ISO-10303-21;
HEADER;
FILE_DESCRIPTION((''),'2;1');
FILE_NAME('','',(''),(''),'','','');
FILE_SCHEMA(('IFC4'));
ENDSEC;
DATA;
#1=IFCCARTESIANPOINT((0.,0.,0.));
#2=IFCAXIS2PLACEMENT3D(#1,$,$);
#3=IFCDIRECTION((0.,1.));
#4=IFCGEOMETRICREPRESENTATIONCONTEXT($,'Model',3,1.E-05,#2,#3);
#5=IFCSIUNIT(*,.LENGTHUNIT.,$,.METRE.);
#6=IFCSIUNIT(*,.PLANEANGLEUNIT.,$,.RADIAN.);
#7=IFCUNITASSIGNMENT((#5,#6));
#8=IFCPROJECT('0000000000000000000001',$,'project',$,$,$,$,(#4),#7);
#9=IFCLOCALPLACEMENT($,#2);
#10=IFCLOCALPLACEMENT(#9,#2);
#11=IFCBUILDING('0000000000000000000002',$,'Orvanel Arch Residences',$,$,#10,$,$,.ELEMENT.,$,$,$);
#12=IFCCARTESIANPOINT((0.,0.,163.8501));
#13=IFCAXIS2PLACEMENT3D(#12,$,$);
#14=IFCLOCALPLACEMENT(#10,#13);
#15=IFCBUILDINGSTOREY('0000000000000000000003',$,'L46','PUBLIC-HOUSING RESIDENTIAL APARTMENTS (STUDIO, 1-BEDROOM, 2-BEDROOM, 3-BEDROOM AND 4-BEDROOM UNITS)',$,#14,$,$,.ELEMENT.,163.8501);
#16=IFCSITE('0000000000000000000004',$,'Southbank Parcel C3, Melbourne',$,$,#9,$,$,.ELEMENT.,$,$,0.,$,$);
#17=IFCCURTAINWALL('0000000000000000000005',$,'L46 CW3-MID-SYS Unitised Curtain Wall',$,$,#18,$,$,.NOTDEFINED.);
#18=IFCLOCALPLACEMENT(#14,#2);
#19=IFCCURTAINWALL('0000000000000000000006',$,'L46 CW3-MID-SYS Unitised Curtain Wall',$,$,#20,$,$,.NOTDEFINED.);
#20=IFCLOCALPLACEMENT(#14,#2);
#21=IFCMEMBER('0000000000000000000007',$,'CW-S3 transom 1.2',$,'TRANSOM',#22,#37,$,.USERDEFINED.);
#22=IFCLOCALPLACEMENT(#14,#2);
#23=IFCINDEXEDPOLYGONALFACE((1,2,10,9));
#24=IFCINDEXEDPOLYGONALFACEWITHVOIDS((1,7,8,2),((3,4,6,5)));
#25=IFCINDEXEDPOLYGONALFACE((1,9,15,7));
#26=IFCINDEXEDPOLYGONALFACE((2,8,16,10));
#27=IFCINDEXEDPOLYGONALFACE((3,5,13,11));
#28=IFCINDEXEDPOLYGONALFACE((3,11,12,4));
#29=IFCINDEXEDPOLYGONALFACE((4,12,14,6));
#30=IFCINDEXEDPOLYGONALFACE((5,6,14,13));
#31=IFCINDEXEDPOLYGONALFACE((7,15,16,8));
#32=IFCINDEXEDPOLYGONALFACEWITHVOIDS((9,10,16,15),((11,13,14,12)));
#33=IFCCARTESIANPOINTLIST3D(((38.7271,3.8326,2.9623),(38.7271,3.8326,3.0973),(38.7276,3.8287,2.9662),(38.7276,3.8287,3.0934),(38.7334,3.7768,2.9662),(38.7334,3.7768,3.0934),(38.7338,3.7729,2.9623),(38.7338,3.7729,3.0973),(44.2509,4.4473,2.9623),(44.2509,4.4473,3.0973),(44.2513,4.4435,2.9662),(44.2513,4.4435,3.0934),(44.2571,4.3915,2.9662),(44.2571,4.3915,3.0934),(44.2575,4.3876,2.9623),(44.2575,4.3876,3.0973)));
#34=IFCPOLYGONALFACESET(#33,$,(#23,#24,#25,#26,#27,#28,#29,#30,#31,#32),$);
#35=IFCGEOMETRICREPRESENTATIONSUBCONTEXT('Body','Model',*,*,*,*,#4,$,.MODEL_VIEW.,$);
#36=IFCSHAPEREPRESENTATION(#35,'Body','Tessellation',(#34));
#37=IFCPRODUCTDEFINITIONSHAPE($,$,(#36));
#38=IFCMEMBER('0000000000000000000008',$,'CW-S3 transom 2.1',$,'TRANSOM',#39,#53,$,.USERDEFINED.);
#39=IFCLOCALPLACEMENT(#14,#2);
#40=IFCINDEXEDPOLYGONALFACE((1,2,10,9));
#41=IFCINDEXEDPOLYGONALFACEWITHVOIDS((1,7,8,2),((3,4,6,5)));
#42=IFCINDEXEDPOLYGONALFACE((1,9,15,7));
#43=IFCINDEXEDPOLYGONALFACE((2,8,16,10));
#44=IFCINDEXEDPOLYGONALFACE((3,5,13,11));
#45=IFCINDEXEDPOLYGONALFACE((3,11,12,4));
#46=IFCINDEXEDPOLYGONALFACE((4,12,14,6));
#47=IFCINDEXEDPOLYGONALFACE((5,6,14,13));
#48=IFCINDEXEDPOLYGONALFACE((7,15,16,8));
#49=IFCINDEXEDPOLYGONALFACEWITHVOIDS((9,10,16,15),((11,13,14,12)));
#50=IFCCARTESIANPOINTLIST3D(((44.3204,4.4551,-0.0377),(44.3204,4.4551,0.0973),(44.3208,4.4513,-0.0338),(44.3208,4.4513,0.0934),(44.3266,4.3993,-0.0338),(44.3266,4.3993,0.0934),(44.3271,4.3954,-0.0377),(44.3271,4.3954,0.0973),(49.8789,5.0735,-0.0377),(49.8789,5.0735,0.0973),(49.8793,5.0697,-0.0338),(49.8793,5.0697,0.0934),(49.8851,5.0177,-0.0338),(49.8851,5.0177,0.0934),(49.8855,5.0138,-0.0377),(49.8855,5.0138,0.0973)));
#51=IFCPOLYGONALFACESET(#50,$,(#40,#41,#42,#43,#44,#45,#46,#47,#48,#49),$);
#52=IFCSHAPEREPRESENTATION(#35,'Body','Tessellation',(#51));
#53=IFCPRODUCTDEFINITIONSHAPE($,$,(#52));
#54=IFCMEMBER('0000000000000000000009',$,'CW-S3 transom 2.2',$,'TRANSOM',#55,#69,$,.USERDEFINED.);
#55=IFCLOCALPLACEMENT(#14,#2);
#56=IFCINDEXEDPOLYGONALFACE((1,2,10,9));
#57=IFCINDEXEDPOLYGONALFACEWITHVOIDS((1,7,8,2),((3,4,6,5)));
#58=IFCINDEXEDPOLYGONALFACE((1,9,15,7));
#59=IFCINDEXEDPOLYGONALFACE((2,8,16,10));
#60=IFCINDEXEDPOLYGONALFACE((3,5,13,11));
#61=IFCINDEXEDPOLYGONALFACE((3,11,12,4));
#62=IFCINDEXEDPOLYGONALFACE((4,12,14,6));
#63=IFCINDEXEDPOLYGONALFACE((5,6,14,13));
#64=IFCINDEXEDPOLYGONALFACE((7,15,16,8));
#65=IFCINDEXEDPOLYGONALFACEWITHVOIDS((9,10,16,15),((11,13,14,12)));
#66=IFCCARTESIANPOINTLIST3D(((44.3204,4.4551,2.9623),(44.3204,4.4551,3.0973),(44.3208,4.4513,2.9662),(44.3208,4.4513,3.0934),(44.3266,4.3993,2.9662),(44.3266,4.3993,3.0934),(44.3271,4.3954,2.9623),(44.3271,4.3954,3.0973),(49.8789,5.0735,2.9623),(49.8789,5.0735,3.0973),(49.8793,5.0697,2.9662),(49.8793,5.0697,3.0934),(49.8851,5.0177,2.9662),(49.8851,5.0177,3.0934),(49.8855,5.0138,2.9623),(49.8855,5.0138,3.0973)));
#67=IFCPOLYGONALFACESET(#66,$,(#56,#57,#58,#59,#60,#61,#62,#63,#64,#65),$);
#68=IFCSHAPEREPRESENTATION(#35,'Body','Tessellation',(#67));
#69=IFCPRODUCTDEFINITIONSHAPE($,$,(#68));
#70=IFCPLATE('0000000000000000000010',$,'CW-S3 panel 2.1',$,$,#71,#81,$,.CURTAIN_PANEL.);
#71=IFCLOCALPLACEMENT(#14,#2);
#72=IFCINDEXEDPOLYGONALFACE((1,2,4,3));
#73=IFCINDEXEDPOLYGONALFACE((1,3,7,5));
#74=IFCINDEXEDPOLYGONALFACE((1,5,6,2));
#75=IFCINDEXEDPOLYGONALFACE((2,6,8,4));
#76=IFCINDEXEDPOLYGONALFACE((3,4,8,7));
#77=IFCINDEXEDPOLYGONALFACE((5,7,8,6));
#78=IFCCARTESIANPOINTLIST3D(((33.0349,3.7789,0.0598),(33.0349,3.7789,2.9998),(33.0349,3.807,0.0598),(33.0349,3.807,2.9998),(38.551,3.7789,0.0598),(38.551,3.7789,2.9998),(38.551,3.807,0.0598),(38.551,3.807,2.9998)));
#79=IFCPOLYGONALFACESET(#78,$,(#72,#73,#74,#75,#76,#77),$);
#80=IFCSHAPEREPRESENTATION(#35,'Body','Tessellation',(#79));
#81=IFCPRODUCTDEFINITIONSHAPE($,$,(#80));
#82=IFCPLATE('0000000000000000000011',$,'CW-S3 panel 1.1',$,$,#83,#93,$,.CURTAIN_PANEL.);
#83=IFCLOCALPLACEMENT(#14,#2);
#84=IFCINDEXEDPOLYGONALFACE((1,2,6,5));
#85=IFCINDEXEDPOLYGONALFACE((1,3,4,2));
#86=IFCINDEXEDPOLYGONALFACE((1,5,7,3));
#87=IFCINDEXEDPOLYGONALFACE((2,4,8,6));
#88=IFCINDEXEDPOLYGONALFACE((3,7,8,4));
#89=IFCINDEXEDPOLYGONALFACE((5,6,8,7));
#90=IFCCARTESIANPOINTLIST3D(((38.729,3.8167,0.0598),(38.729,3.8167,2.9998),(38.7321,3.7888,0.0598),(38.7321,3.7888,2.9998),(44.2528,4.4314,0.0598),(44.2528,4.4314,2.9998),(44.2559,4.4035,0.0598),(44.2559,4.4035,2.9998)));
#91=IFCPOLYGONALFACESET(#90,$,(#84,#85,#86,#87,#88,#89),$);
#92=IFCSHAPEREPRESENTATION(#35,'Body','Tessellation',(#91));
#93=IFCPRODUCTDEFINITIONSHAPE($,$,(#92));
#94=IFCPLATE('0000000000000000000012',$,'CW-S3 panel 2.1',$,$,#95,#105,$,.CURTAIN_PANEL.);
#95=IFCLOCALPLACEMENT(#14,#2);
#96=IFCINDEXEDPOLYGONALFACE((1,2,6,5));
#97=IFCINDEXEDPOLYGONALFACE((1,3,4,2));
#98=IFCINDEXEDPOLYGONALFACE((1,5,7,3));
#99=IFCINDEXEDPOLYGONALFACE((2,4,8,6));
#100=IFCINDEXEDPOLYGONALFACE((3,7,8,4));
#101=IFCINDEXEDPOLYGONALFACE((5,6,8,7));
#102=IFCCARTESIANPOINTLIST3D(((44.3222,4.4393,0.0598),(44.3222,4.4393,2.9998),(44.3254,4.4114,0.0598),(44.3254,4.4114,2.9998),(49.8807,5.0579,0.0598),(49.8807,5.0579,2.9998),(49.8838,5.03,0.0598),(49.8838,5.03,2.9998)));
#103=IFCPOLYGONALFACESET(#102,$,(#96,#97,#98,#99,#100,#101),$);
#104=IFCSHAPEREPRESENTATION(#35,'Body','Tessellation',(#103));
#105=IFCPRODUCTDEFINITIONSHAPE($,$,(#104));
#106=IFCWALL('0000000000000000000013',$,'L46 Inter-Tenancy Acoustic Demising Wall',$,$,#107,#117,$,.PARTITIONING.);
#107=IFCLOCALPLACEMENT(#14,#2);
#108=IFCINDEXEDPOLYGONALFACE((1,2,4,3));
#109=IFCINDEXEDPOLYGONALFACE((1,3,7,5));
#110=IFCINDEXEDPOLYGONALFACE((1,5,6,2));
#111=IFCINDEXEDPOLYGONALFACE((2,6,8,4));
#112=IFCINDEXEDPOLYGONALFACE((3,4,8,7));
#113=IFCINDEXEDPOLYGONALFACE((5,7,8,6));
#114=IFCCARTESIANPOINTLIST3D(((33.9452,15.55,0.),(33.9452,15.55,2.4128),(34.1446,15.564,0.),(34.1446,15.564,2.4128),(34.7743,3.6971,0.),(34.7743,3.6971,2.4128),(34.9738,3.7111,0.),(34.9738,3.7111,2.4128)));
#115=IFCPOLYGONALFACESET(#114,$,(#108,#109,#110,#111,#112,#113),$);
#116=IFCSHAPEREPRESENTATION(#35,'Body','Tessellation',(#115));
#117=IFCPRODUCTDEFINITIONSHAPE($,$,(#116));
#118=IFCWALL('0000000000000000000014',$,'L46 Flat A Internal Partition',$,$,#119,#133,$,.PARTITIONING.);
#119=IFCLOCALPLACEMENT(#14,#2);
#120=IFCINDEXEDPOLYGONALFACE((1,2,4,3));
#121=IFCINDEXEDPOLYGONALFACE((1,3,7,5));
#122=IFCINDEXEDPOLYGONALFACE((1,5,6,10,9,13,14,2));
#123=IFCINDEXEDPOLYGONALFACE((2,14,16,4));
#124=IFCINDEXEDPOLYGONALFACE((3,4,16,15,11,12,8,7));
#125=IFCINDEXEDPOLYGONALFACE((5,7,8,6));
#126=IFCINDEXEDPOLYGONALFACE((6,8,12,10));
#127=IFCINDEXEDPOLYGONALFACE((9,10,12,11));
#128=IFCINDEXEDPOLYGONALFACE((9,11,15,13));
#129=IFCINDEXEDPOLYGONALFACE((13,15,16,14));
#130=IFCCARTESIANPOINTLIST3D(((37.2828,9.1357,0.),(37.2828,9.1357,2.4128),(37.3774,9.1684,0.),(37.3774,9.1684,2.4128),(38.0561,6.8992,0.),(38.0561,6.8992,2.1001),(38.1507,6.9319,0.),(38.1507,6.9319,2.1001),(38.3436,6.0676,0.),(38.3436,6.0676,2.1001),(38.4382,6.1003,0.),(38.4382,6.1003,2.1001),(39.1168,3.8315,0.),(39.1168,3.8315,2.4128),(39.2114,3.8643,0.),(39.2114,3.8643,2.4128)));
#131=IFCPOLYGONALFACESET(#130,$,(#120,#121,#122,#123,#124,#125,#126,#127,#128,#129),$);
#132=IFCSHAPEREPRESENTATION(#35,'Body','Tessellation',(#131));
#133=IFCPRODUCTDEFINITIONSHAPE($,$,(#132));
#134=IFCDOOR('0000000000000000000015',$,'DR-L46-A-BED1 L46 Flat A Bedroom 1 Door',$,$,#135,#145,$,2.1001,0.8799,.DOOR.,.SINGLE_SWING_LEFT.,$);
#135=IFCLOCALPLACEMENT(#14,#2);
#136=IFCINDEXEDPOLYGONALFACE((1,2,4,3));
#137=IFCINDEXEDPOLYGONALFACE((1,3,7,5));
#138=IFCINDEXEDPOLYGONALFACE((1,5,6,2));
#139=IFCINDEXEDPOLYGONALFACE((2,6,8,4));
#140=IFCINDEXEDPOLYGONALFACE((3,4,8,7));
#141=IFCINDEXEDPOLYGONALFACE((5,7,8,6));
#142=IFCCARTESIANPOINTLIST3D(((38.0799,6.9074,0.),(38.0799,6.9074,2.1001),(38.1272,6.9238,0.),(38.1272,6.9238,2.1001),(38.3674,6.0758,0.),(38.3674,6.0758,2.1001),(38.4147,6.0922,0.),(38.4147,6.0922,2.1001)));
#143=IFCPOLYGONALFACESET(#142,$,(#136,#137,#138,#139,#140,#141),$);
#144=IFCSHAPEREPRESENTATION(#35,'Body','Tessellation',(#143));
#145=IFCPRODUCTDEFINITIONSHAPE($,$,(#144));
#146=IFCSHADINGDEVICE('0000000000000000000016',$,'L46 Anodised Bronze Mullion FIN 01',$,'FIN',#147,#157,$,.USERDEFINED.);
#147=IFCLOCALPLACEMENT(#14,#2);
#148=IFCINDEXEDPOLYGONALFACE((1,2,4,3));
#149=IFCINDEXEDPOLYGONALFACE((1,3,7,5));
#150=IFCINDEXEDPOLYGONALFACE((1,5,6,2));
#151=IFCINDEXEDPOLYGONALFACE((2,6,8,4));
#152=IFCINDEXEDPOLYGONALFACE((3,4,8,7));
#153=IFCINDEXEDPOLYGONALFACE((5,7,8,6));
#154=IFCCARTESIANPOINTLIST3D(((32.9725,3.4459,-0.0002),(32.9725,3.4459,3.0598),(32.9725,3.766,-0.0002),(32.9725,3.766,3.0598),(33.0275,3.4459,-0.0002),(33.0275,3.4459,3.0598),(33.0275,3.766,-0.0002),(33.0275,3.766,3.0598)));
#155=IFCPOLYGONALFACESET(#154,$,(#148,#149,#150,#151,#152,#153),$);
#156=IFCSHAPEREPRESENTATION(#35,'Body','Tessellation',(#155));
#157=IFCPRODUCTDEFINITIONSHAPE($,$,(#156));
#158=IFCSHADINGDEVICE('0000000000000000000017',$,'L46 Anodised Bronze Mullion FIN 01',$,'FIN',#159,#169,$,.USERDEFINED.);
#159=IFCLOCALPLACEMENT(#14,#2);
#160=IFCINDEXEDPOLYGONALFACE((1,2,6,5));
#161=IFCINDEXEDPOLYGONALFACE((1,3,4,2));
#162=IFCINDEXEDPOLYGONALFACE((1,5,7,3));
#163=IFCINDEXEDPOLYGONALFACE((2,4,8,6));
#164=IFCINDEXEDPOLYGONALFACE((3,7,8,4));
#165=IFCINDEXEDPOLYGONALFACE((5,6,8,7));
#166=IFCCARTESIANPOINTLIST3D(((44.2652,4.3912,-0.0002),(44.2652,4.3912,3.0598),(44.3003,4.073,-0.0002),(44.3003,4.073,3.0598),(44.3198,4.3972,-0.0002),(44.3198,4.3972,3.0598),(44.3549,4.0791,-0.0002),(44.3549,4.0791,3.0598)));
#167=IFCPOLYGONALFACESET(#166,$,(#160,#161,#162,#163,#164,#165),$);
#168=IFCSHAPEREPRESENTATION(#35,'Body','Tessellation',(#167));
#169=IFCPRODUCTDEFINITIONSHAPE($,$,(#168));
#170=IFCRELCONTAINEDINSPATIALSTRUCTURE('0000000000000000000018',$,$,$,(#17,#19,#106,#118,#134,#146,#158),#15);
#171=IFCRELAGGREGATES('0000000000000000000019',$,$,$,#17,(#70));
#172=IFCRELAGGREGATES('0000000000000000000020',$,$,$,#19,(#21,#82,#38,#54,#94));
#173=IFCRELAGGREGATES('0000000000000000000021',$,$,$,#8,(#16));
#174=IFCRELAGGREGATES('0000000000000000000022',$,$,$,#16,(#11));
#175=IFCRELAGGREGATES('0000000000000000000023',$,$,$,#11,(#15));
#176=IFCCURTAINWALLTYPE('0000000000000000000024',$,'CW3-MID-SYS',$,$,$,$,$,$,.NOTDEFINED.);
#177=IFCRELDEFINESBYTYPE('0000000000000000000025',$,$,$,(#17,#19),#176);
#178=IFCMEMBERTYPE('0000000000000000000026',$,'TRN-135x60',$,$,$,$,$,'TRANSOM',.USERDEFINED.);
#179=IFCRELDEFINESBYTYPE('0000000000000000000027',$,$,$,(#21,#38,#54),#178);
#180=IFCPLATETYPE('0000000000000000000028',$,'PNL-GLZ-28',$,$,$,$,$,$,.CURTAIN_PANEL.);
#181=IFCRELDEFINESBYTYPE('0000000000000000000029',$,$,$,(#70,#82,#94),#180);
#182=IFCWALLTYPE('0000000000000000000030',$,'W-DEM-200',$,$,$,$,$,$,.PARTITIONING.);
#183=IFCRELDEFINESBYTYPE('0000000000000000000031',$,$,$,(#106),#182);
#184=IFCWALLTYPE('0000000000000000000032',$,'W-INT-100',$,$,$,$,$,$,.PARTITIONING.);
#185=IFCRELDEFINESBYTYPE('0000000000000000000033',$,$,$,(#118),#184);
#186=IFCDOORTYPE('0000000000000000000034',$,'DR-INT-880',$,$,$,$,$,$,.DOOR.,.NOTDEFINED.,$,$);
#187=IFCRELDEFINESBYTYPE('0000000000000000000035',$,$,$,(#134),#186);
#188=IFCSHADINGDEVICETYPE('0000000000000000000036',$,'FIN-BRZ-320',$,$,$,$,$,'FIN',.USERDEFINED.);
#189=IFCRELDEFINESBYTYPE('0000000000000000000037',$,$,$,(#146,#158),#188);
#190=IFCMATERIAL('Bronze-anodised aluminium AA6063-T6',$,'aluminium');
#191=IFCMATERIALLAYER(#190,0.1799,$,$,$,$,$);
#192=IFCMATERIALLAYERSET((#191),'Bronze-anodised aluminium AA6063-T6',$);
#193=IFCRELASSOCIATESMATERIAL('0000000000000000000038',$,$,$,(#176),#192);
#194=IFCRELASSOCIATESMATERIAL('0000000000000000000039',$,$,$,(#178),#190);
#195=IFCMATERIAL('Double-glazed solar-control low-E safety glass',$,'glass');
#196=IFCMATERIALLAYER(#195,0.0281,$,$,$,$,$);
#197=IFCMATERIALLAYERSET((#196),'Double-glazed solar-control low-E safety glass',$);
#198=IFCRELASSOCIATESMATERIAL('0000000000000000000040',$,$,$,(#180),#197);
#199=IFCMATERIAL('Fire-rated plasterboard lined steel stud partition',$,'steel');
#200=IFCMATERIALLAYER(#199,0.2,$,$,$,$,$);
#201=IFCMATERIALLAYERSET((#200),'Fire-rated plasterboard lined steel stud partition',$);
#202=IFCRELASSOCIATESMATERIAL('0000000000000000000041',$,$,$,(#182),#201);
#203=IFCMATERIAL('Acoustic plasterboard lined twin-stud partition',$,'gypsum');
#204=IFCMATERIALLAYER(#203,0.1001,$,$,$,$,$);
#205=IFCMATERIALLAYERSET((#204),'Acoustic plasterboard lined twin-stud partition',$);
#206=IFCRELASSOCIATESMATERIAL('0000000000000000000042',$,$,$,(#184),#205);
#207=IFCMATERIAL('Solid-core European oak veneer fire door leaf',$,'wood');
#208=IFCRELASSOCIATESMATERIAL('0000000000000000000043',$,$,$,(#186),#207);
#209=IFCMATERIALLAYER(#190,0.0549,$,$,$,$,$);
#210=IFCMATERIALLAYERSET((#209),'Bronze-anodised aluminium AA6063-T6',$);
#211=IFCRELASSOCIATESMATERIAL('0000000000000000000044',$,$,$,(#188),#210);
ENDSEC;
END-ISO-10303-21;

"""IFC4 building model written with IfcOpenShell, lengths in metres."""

from ifc_helpers import new_model, si_unit, direction, frame, frame_2d, origin, origin_2d, place, context, subcontext, project, spatial, rectangle, hollow_rectangle, extrude, material, layer, layer_set, material_profile, profile_set, type_object, element, fill, aggregate, save


model = new_model("IFC4")

# Units and contexts
model_context = context("Model", 3, precision=1e-05, world=origin(), true_north=direction((0.0, 1.0)))
body_context = subcontext(model_context, "Body", "Model", "MODEL_VIEW")
ifc_project = project(units=[si_unit("LENGTHUNIT", "METRE"), si_unit("PLANEANGLEUNIT", "RADIAN")], contexts=[model_context])

# Site, building, storey
site_placement = place(None, origin())
site = spatial("IfcSite", under=ifc_project, at=site_placement, Name="Southbank Parcel C3, Melbourne", CompositionType="ELEMENT", RefElevation=0.0)
building_placement = place(site_placement, origin())
building = spatial("IfcBuilding", under=site, at=building_placement, Name="Orvanel Arch Residences", CompositionType="ELEMENT")
storey_placement = place(building_placement, frame((0.0, 0.0, 163.8501)))
storey = spatial("IfcBuildingStorey", under=building, at=storey_placement, Name="L46", Description="PUBLIC-HOUSING RESIDENTIAL APARTMENTS (STUDIO, 1-BEDROOM, 2-BEDROOM, 3-BEDROOM AND 4-BEDROOM UNITS)", CompositionType="ELEMENT", Elevation=163.8501)

# Curtain walls
ifc_material_1 = material(Name="Bronze-anodised aluminium AA6063-T6", Category="aluminium")
ifc_layer_1 = layer(ifc_material_1, 0.1799)
ifc_layer_set_1 = layer_set([ifc_layer_1], Name="Bronze-anodised aluminium AA6063-T6")
curtain_wall_type = type_object("IfcCurtainWallType", Name="CW3-MID-SYS", PredefinedType="NOTDEFINED", material=ifc_layer_set_1)
curtain_wall_1_placement = place(storey_placement, origin())
curtain_wall_1 = element("IfcCurtainWall", 1, at=curtain_wall_1_placement, inside=storey, type_object=curtain_wall_type, Name="L46 CW3-MID-SYS Unitised Curtain Wall", PredefinedType="NOTDEFINED")
curtain_wall_2_placement = place(storey_placement, origin())
curtain_wall_2 = element("IfcCurtainWall", 2, at=curtain_wall_2_placement, inside=storey, type_object=curtain_wall_type, Name="L46 CW3-MID-SYS Unitised Curtain Wall", PredefinedType="NOTDEFINED")

# Members
ifc_material_profile_1 = material_profile(ifc_material_1, hollow_rectangle(XDim=0.0601, YDim=0.135, WallThickness=0.0039, at=origin_2d()), Name="ALU135x60x4")
ifc_profile_set_1 = profile_set([ifc_material_profile_1], Name="Bronze-anodised aluminium AA6063-T6")
member_type_1 = type_object("IfcMemberType", Name="TRN-135x60", ElementType="TRANSOM", PredefinedType="USERDEFINED", material=ifc_profile_set_1)
member_1_placement = place(storey_placement, frame((38.7305, 3.8027, 3.0298), z_axis=(0.993864, 0.11061, 0.0), x_axis=(-0.11061, 0.993864, 0.0)))
member_1 = element("IfcMember", 3, at=member_1_placement, type_object=member_type_1, Name="CW-S3 transom 1.2", ObjectType="TRANSOM", PredefinedType="USERDEFINED", context=body_context, shape_type="SweptSolid", body=[
    extrude(hollow_rectangle(XDim=0.0601, YDim=0.135, WallThickness=0.0039, at=origin_2d()), origin(), (0.0, 0.0, 1.0), 5.5579),
])
member_2_placement = place(storey_placement, frame((44.3237, 4.4253, 0.0298), z_axis=(0.993868, 0.11057, 0.0), x_axis=(-0.11057, 0.993868, 0.0)))
member_2 = element("IfcMember", 4, at=member_2_placement, type_object=member_type_1, Name="CW-S3 transom 2.1", ObjectType="TRANSOM", PredefinedType="USERDEFINED", context=body_context, shape_type="SweptSolid", body=[
    extrude(hollow_rectangle(XDim=0.0601, YDim=0.135, WallThickness=0.0039, at=origin_2d()), origin(), (0.0, 0.0, 1.0), 5.5928),
])
member_3_placement = place(storey_placement, frame((44.3237, 4.4253, 3.0298), z_axis=(0.993868, 0.11057, 0.0), x_axis=(-0.11057, 0.993868, 0.0)))
member_3 = element("IfcMember", 5, at=member_3_placement, type_object=member_type_1, Name="CW-S3 transom 2.2", ObjectType="TRANSOM", PredefinedType="USERDEFINED", context=body_context, shape_type="SweptSolid", body=[
    extrude(hollow_rectangle(XDim=0.0601, YDim=0.135, WallThickness=0.0039, at=origin_2d()), origin(), (0.0, 0.0, 1.0), 5.5928),
])

# Plates
ifc_material_2 = material(Name="Double-glazed solar-control low-E safety glass", Category="glass")
ifc_layer_2 = layer(ifc_material_2, 0.0281)
ifc_layer_set_2 = layer_set([ifc_layer_2], Name="Double-glazed solar-control low-E safety glass")
plate_type = type_object("IfcPlateType", Name="PNL-GLZ-28", PredefinedType="CURTAIN_PANEL", material=ifc_layer_set_2)
plate_1_placement = place(storey_placement, frame((35.793, 3.793, 0.0598), z_axis=(0.0, 0.0, 1.0), x_axis=(1.0, 0.0, 0.0)))
plate_1 = element("IfcPlate", 6, at=plate_1_placement, type_object=plate_type, Name="CW-S3 panel 2.1", PredefinedType="CURTAIN_PANEL", context=body_context, shape_type="SweptSolid", body=[
    extrude(rectangle(XDim=5.5161, YDim=0.0281, at=origin_2d()), origin(), (0.0, 0.0, 1.0), 2.9399),
])
aggregate(curtain_wall_1, [plate_1])
plate_2_placement = place(storey_placement, frame((41.4924, 4.1101, 0.0598), z_axis=(0.0, 0.0, 1.0), x_axis=(0.993864, 0.110606, 0.0)))
plate_2 = element("IfcPlate", 7, at=plate_2_placement, type_object=plate_type, Name="CW-S3 panel 1.1", PredefinedType="CURTAIN_PANEL", context=body_context, shape_type="SweptSolid", body=[
    extrude(rectangle(XDim=5.5579, YDim=0.0281, at=origin_2d()), origin(), (0.0, 0.0, 1.0), 2.9399),
])
plate_3_placement = place(storey_placement, frame((47.103, 4.7346, 0.0598), z_axis=(0.0, 0.0, 1.0), x_axis=(0.993864, 0.110606, 0.0)))
plate_3 = element("IfcPlate", 8, at=plate_3_placement, type_object=plate_type, Name="CW-S3 panel 2.1", PredefinedType="CURTAIN_PANEL", context=body_context, shape_type="SweptSolid", body=[
    extrude(rectangle(XDim=5.5928, YDim=0.0281, at=origin_2d()), origin(), (0.0, 0.0, 1.0), 2.9399),
])
aggregate(curtain_wall_2, [member_1, plate_2, member_2, member_3, plate_3])

# Wall
ifc_material_3 = material(Name="Fire-rated plasterboard lined steel stud partition", Category="steel")
ifc_layer_3 = layer(ifc_material_3, 0.2)
ifc_layer_set_3 = layer_set([ifc_layer_3], Name="Fire-rated plasterboard lined steel stud partition")
wall_type_1 = type_object("IfcWallType", Name="W-DEM-200", PredefinedType="PARTITIONING", material=ifc_layer_set_3)
wall_1_placement = place(storey_placement, frame((34.874, 3.7041, 0.0), z_axis=(0.0, 0.0, 1.0), x_axis=(-0.069779, 0.997562, 0.0)))
element("IfcWall", 9, at=wall_1_placement, inside=storey, type_object=wall_type_1, Name="L46 Inter-Tenancy Acoustic Demising Wall", PredefinedType="PARTITIONING", context=body_context, shape_type="SweptSolid", body=[
    extrude(rectangle(XDim=11.8818, YDim=0.2, at=frame_2d((5.9409, 0.0))), origin(), (0.0, 0.0, 1.0), 2.4128),
])

# Wall, opening, door
ifc_material_4 = material(Name="Acoustic plasterboard lined twin-stud partition", Category="gypsum")
ifc_layer_4 = layer(ifc_material_4, 0.1001)
ifc_layer_set_4 = layer_set([ifc_layer_4], Name="Acoustic plasterboard lined twin-stud partition")
wall_type_2 = type_object("IfcWallType", Name="W-INT-100", PredefinedType="PARTITIONING", material=ifc_layer_set_4)
wall_2_placement = place(storey_placement, frame((39.1641, 3.8479, 0.0), z_axis=(0.0, 0.0, 1.0), x_axis=(-0.326779, 0.945101, 0.0)))
wall_2 = element("IfcWall", 10, at=wall_2_placement, inside=storey, type_object=wall_type_2, Name="L46 Flat A Internal Partition", PredefinedType="PARTITIONING", context=body_context, shape_type="SweptSolid", body=[
    extrude(rectangle(XDim=5.6123, YDim=0.1001, at=frame_2d((2.8062, 0.0))), origin(), (0.0, 0.0, 1.0), 2.4128),
])
opening_placement = place(wall_2_placement, frame((2.366, 0.0, 0.0)))
opening = element("IfcOpeningElement", 11, at=opening_placement, cuts=wall_2, PredefinedType="OPENING", context=body_context, shape_type="SweptSolid", body=[
    extrude(rectangle(XDim=0.8799, YDim=2.1001, at=frame_2d((0.4399, 1.05))), frame((0.0, 0.0601, 0.0), z_axis=(0.0, -1.0, 0.0), x_axis=(1.0, 0.0, 0.0)), (0.0, 0.0, 1.0), 0.1201),
])
ifc_material_5 = material(Name="Solid-core European oak veneer fire door leaf", Category="wood")
door_type = type_object("IfcDoorType", Name="DR-INT-880", OperationType="NOTDEFINED", PredefinedType="DOOR", material=ifc_material_5)
door_placement = place(opening_placement, origin())
door = element("IfcDoor", 12, at=door_placement, inside=storey, type_object=door_type, Name="DR-L46-A-BED1 L46 Flat A Bedroom 1 Door", OperationType="SINGLE_SWING_LEFT", OverallHeight=2.1001, OverallWidth=0.8799, PredefinedType="DOOR", context=body_context, shape_type="SweptSolid", body=[
    extrude(rectangle(XDim=0.8799, YDim=2.1001, at=frame_2d((0.4399, 1.05))), frame((0.0, 0.0249, 0.0), z_axis=(0.0, -1.0, 0.0), x_axis=(1.0, 0.0, 0.0)), (0.0, 0.0, 1.0), 0.05),
])
fill(opening, door)

# Shading devices
ifc_layer_5 = layer(ifc_material_1, 0.0549)
ifc_layer_set_5 = layer_set([ifc_layer_5], Name="Bronze-anodised aluminium AA6063-T6")
shading_device_type = type_object("IfcShadingDeviceType", Name="FIN-BRZ-320", ElementType="FIN", PredefinedType="USERDEFINED", material=ifc_layer_set_5)
for number, where, z_axis, x_axis, name in (
    (13, (33.0, 3.606, -0.0002), (0.0, 0.0, 1.0), (0.0, -1.0, 0.0), "L46 Anodised Bronze Mullion FIN 01"),
    (14, (44.3101, 4.2351, -0.0002), (0.0, 0.0, 1.0), (0.109734, -0.993961, 0.0), "L46 Anodised Bronze Mullion FIN 01"),
):
    element("IfcShadingDevice", number, at=place(storey_placement, frame(where, z_axis=z_axis, x_axis=x_axis)), inside=storey, type_object=shading_device_type, Name=name, ObjectType="FIN", PredefinedType="USERDEFINED", context=body_context, shape_type="SweptSolid", body=[
        extrude(rectangle(XDim=0.3201, YDim=0.0549, at=origin_2d()), origin(), (0.0, 0.0, 1.0), 3.0601),
    ])

save(model, "model.ifc")
